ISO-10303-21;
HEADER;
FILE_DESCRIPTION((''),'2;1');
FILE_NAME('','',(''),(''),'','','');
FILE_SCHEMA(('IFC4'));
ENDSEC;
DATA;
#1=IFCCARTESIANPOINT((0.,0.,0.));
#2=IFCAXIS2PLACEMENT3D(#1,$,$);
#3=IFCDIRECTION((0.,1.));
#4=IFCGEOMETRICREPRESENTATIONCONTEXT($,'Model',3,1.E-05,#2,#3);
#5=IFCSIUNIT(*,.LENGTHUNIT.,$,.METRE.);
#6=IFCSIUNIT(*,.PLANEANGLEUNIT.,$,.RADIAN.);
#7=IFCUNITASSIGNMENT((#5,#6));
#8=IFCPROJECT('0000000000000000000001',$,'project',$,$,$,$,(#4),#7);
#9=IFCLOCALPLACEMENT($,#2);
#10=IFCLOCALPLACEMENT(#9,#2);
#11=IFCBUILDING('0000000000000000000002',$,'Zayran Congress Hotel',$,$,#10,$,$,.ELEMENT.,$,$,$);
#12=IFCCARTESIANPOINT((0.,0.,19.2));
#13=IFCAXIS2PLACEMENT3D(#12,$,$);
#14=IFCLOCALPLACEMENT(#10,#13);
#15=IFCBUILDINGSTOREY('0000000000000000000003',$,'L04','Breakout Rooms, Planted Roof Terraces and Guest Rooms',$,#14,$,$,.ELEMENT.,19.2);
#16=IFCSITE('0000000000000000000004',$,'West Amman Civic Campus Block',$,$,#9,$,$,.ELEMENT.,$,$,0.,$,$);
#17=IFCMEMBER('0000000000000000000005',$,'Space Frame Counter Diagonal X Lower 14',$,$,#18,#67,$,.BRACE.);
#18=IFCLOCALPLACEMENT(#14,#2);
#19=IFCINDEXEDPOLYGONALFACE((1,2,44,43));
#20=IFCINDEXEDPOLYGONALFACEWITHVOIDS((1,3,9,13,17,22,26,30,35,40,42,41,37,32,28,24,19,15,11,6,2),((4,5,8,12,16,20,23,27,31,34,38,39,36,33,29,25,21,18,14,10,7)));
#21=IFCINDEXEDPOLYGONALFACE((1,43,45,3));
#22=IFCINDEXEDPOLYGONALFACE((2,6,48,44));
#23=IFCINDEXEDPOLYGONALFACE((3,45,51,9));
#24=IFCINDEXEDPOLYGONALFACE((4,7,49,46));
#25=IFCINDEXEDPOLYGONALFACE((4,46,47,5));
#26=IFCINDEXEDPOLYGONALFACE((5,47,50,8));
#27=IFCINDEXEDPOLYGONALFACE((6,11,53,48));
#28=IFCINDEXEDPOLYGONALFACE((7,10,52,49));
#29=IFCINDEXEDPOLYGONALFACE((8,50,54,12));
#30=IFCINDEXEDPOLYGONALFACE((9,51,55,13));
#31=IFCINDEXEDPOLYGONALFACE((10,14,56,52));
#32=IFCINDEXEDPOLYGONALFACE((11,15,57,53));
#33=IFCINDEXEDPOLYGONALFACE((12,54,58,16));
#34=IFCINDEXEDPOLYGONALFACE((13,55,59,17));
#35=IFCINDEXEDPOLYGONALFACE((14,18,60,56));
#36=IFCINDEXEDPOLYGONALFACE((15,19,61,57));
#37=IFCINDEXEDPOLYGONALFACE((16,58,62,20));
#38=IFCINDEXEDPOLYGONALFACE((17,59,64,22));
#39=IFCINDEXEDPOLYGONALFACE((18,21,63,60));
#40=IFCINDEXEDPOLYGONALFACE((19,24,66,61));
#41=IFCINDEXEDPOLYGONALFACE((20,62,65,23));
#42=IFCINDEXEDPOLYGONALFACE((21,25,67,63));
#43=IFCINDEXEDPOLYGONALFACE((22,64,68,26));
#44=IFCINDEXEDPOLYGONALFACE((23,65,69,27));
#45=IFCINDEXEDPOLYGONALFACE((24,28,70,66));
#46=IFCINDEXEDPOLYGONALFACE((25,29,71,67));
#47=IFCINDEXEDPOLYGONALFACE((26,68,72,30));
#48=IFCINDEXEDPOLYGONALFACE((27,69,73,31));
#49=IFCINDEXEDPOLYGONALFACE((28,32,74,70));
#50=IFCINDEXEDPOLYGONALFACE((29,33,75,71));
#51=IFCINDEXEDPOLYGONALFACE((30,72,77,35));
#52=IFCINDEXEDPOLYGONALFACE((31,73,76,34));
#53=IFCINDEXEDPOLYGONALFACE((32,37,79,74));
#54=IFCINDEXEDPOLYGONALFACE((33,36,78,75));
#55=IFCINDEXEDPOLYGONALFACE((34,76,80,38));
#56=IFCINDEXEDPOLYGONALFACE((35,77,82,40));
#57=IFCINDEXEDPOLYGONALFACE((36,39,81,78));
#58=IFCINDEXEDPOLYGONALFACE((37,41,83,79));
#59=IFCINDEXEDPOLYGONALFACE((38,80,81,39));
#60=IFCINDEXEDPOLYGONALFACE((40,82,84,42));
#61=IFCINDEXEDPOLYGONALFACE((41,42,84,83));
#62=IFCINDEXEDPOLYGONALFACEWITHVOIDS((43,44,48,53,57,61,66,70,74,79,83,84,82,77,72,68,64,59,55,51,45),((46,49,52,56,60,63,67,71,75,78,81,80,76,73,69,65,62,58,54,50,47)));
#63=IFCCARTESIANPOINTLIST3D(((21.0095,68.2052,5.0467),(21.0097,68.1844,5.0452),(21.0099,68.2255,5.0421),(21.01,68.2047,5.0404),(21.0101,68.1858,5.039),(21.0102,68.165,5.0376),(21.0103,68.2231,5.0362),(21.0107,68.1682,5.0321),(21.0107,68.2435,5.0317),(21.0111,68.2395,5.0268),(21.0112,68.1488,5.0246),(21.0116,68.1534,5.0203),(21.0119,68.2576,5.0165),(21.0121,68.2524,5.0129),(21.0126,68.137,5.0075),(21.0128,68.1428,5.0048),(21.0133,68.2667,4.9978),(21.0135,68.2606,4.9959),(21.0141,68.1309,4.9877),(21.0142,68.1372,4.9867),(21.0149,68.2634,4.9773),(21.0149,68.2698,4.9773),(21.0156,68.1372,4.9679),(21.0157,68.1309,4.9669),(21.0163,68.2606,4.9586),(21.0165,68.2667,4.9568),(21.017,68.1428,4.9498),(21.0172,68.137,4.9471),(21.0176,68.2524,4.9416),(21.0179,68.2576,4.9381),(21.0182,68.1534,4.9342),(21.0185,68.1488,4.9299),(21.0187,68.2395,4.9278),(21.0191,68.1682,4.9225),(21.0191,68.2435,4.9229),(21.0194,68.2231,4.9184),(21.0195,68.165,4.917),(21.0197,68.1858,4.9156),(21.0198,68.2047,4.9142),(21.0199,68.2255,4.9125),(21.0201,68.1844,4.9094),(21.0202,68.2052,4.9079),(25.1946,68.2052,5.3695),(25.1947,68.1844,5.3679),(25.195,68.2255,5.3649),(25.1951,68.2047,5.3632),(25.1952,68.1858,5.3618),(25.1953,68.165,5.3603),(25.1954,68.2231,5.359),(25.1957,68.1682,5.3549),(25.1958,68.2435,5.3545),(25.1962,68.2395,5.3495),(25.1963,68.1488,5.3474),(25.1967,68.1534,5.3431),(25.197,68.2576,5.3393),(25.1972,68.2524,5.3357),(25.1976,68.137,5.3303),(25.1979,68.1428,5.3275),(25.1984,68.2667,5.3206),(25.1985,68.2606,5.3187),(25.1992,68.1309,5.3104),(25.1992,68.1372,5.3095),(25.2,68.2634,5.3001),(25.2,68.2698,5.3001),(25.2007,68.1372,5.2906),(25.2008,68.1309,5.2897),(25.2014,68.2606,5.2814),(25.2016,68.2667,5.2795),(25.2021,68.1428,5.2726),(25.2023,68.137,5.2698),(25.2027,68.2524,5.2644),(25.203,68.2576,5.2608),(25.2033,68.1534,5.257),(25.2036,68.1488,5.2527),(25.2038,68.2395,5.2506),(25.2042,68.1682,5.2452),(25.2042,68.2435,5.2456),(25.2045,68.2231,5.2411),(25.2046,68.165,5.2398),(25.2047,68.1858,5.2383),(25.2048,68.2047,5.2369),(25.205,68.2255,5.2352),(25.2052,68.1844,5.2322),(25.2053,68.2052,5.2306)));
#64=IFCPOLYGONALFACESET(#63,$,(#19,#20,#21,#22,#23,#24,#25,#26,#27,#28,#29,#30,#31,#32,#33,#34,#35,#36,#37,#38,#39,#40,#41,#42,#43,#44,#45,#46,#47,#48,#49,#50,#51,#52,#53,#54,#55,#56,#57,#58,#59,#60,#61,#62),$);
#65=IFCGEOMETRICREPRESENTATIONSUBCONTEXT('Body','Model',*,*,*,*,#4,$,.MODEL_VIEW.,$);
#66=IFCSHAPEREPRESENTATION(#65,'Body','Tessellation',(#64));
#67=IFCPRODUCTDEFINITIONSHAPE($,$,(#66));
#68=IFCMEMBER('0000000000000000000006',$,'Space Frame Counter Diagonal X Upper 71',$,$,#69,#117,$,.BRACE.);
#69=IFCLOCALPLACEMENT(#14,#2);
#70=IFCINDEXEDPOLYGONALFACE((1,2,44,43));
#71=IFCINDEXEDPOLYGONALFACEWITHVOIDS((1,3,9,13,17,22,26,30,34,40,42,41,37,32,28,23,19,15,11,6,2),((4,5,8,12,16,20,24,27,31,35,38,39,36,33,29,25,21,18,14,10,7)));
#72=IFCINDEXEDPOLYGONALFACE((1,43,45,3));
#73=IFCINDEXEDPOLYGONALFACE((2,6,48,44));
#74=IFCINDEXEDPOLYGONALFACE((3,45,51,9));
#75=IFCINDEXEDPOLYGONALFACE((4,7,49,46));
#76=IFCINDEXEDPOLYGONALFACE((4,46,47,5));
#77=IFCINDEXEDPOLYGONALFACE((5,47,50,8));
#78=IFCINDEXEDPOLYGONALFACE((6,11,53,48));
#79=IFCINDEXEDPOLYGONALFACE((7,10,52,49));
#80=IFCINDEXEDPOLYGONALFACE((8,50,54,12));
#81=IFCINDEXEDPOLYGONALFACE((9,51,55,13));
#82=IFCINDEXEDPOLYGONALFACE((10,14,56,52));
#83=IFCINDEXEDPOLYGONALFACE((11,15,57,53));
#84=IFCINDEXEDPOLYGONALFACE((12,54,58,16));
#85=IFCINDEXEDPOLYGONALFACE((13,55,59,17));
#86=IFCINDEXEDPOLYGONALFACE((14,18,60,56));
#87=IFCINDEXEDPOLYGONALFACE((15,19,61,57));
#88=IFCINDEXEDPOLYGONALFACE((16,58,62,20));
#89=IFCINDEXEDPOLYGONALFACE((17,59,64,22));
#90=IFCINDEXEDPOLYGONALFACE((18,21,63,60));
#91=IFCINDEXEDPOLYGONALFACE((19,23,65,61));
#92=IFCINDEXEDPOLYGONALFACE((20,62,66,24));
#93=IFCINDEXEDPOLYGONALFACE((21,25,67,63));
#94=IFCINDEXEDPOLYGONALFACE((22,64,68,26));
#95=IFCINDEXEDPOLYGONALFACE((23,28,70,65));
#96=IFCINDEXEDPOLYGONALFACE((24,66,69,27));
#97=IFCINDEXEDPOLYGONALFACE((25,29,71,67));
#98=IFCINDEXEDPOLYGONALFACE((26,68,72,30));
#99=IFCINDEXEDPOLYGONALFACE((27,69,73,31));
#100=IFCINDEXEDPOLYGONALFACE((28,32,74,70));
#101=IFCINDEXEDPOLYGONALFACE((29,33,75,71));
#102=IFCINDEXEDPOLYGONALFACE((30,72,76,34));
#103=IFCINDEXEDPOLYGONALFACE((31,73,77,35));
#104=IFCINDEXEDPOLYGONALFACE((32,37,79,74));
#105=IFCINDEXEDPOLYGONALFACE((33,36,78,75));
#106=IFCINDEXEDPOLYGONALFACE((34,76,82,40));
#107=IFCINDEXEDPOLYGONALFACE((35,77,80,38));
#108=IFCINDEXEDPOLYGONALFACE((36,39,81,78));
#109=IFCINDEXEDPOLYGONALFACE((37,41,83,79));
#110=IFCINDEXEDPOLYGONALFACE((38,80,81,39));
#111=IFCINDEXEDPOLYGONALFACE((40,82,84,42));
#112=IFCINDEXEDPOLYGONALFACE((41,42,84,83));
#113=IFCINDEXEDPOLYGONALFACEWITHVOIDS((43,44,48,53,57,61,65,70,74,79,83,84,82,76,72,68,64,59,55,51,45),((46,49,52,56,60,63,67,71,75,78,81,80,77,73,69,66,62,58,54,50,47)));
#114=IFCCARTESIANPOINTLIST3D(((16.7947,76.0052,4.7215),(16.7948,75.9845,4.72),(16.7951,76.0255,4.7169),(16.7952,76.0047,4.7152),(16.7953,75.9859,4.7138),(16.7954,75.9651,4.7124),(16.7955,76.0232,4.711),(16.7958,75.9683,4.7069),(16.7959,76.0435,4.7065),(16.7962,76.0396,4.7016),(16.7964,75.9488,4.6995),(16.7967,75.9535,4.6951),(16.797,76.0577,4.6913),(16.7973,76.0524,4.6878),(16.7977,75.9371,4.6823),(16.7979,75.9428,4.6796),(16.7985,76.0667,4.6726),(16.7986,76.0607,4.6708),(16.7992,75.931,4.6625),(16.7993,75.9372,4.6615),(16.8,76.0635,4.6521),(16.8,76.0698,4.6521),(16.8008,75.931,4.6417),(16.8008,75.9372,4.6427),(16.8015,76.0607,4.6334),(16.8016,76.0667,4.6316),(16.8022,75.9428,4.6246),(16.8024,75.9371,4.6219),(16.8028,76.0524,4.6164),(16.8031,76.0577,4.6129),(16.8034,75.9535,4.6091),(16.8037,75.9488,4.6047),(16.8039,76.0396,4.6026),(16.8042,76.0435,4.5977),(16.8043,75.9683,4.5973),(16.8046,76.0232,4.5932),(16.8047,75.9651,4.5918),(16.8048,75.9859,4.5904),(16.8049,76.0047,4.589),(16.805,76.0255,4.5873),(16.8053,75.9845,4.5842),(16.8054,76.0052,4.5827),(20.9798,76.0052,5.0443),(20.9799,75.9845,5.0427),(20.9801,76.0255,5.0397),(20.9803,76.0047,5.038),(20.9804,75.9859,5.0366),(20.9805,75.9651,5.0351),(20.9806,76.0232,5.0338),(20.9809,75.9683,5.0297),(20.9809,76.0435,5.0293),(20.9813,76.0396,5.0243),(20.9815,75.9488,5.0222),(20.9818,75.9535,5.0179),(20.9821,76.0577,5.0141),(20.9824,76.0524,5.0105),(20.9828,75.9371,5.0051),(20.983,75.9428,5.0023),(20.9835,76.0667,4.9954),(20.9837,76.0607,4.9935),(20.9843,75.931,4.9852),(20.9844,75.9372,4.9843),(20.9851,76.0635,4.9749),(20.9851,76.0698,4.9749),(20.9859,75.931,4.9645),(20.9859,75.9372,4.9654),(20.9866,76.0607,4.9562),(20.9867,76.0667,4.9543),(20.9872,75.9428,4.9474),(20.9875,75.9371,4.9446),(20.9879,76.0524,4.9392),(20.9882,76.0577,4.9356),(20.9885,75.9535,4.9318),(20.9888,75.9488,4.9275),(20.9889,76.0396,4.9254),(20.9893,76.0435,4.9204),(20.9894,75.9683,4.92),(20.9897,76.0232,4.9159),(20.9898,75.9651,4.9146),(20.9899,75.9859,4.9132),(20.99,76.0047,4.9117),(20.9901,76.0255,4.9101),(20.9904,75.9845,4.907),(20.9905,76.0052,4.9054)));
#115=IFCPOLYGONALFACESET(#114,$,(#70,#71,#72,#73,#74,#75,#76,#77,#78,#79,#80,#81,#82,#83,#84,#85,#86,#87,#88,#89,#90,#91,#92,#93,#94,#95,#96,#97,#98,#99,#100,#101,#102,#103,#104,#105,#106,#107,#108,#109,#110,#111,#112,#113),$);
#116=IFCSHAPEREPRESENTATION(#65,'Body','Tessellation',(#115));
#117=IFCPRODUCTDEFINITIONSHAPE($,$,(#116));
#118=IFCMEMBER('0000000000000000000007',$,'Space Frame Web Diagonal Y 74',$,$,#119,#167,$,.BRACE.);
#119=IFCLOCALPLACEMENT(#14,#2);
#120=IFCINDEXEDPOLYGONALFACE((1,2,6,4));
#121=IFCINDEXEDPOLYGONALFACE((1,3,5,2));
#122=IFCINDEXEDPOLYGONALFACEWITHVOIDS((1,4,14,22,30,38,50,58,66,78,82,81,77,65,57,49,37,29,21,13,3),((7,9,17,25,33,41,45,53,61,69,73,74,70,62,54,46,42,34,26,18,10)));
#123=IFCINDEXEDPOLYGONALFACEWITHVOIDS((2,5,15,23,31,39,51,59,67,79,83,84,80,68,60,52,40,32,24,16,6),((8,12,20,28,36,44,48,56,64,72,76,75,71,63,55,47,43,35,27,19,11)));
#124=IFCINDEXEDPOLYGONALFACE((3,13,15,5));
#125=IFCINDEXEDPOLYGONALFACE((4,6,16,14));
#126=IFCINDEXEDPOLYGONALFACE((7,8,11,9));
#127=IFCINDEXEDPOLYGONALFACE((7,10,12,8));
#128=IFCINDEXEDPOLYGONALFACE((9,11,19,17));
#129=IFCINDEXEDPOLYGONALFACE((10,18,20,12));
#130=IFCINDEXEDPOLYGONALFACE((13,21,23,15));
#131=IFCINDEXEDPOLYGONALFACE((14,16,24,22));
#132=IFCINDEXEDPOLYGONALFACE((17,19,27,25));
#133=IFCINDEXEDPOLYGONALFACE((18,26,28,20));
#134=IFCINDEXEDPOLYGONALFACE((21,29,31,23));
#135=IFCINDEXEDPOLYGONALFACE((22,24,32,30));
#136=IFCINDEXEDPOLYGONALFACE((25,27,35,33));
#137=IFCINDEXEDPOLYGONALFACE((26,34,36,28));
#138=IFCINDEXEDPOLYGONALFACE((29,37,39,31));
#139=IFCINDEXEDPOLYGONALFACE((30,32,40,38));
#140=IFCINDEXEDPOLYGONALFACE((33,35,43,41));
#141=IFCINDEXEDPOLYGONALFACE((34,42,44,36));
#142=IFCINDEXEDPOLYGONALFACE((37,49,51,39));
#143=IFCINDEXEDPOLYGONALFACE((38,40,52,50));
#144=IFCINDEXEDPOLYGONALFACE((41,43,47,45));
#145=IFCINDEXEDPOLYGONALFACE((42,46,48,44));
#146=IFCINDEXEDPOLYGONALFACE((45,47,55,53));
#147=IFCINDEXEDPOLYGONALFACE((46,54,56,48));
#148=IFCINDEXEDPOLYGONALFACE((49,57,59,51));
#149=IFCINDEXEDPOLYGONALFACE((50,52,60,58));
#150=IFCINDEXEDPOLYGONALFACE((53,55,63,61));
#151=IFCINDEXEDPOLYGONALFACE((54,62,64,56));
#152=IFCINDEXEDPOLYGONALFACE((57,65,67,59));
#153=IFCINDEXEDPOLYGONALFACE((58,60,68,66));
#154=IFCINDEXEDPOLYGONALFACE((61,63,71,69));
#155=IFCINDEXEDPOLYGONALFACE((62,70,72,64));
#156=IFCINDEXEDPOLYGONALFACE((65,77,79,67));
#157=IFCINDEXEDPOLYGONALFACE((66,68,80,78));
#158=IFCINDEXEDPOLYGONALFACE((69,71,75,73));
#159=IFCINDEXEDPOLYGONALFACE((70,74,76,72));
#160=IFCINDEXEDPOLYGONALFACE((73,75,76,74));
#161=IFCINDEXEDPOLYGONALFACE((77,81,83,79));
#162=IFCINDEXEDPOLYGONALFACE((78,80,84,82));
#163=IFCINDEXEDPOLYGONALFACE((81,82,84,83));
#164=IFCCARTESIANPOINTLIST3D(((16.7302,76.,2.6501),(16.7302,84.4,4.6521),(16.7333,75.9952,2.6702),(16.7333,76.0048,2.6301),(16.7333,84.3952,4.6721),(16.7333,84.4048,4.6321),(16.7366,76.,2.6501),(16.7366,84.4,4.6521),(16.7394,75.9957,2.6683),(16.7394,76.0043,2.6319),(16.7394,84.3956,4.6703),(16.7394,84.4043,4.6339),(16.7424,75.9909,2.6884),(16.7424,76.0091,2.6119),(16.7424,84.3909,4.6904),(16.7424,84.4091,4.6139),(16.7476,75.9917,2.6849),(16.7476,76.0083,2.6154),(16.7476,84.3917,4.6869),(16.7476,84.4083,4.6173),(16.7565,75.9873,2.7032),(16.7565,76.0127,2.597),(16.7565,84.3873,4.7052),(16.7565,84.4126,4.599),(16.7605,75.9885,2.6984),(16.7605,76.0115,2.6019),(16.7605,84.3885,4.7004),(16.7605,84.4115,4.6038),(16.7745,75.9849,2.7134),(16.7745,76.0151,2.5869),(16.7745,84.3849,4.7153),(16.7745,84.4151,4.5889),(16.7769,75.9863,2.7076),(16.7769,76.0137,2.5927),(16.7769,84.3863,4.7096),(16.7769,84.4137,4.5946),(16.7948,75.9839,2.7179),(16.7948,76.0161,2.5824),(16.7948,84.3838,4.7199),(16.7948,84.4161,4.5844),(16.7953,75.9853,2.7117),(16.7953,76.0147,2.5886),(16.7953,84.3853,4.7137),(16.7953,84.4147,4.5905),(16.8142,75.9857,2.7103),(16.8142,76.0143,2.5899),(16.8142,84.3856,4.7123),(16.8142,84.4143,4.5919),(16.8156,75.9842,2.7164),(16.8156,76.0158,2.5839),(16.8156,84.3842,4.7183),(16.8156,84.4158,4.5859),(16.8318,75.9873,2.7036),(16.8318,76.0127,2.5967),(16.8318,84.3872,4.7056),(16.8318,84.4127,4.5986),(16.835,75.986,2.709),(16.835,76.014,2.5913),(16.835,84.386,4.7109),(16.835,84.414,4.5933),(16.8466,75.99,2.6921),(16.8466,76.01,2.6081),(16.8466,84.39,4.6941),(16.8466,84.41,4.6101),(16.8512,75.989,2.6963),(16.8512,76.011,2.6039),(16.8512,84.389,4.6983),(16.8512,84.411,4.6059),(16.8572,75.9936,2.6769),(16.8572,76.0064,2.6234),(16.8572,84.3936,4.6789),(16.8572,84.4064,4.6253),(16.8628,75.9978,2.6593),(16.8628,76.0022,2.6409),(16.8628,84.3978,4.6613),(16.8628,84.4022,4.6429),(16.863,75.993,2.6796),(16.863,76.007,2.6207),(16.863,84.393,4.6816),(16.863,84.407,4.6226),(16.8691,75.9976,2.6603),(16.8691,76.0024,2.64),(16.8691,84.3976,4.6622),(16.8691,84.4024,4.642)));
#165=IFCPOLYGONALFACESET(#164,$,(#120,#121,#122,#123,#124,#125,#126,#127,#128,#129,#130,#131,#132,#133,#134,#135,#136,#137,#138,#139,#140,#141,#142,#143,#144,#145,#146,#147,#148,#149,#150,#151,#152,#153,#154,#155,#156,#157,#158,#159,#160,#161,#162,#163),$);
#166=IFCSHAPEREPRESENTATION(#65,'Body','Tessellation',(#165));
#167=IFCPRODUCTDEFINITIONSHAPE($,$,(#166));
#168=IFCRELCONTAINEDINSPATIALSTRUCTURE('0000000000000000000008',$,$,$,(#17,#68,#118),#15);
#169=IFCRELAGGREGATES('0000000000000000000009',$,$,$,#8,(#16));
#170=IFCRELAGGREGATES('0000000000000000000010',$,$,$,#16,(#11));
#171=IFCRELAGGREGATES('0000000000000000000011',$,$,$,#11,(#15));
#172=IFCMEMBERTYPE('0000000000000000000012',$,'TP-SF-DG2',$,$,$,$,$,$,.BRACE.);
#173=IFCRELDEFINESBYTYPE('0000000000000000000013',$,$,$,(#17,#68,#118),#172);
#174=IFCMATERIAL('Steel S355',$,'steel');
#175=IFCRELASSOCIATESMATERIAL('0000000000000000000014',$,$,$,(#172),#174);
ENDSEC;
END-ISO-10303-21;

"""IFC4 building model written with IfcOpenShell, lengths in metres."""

from ifc_helpers import new_model, si_unit, direction, frame, origin, origin_2d, place, context, subcontext, project, spatial, hollow_circle, extrude, material, material_profile, profile_set, type_object, element, save


model = new_model("IFC4")

# Units and contexts
model_context = context("Model", 3, precision=1e-05, world=origin(), true_north=direction((0.0, 1.0)))
body_context = subcontext(model_context, "Body", "Model", "MODEL_VIEW")
ifc_project = project(units=[si_unit("LENGTHUNIT", "METRE"), si_unit("PLANEANGLEUNIT", "RADIAN")], contexts=[model_context])

# Site, building, storey
site_placement = place(None, origin())
site = spatial("IfcSite", under=ifc_project, at=site_placement, Name="West Amman Civic Campus Block", CompositionType="ELEMENT", RefElevation=0.0)
building_placement = place(site_placement, origin())
building = spatial("IfcBuilding", under=site, at=building_placement, Name="Zayran Congress Hotel", CompositionType="ELEMENT")
storey_placement = place(building_placement, frame((0.0, 0.0, 19.2)))
storey = spatial("IfcBuildingStorey", under=building, at=storey_placement, Name="L04", Description="Breakout Rooms, Planted Roof Terraces and Guest Rooms", CompositionType="ELEMENT", Elevation=19.2)

# Shared definitions
ifc_material = material(Name="Steel S355", Category="steel")

# Members
ifc_material_profile_1 = material_profile(ifc_material, hollow_circle(Radius=0.0698, WallThickness=0.0063, at=origin_2d()), Name="CHS 139.7x6.3")
ifc_profile_set_1 = profile_set([ifc_material_profile_1], Name="Steel S355")
member_type_1 = type_object("IfcMemberType", Name="TP-SF-DG2", PredefinedType="BRACE", material=ifc_profile_set_1)
for number, where, z_axis, x_axis, name in (
    (1, (21.0149, 68.2, 4.9773), (0.997039, 0.0, 0.076892), (0.0, 1.0, 0.0), "Space Frame Counter Diagonal X Lower 14"),
    (2, (16.8, 76.0, 4.6521), (0.997039, 0.0, 0.076892), (0.0, 1.0, 0.0), "Space Frame Counter Diagonal X Upper 71"),
):
    element("IfcMember", number, at=place(storey_placement, frame(where, z_axis=z_axis, x_axis=x_axis)), inside=storey, type_object=member_type_1, Name=name, PredefinedType="BRACE", context=body_context, shape_type="SweptSolid", body=[
        extrude(hollow_circle(Radius=0.0698, WallThickness=0.0063, at=origin_2d()), origin(), (0.0, 0.0, 1.0), 4.1975),
    ])
member_1_placement = place(storey_placement, frame((16.8, 76.0, 2.6501), z_axis=(0.0, 0.972755, 0.231837), x_axis=(-1.0, 0.0, 0.0)))
element("IfcMember", 3, at=member_1_placement, inside=storey, type_object=member_type_1, Name="Space Frame Web Diagonal Y 74", PredefinedType="BRACE", context=body_context, shape_type="SweptSolid", body=[
    extrude(hollow_circle(Radius=0.0698, WallThickness=0.0063, at=origin_2d()), origin(), (0.0, 0.0, 1.0), 8.6353),
])

save(model, "model.ifc")
